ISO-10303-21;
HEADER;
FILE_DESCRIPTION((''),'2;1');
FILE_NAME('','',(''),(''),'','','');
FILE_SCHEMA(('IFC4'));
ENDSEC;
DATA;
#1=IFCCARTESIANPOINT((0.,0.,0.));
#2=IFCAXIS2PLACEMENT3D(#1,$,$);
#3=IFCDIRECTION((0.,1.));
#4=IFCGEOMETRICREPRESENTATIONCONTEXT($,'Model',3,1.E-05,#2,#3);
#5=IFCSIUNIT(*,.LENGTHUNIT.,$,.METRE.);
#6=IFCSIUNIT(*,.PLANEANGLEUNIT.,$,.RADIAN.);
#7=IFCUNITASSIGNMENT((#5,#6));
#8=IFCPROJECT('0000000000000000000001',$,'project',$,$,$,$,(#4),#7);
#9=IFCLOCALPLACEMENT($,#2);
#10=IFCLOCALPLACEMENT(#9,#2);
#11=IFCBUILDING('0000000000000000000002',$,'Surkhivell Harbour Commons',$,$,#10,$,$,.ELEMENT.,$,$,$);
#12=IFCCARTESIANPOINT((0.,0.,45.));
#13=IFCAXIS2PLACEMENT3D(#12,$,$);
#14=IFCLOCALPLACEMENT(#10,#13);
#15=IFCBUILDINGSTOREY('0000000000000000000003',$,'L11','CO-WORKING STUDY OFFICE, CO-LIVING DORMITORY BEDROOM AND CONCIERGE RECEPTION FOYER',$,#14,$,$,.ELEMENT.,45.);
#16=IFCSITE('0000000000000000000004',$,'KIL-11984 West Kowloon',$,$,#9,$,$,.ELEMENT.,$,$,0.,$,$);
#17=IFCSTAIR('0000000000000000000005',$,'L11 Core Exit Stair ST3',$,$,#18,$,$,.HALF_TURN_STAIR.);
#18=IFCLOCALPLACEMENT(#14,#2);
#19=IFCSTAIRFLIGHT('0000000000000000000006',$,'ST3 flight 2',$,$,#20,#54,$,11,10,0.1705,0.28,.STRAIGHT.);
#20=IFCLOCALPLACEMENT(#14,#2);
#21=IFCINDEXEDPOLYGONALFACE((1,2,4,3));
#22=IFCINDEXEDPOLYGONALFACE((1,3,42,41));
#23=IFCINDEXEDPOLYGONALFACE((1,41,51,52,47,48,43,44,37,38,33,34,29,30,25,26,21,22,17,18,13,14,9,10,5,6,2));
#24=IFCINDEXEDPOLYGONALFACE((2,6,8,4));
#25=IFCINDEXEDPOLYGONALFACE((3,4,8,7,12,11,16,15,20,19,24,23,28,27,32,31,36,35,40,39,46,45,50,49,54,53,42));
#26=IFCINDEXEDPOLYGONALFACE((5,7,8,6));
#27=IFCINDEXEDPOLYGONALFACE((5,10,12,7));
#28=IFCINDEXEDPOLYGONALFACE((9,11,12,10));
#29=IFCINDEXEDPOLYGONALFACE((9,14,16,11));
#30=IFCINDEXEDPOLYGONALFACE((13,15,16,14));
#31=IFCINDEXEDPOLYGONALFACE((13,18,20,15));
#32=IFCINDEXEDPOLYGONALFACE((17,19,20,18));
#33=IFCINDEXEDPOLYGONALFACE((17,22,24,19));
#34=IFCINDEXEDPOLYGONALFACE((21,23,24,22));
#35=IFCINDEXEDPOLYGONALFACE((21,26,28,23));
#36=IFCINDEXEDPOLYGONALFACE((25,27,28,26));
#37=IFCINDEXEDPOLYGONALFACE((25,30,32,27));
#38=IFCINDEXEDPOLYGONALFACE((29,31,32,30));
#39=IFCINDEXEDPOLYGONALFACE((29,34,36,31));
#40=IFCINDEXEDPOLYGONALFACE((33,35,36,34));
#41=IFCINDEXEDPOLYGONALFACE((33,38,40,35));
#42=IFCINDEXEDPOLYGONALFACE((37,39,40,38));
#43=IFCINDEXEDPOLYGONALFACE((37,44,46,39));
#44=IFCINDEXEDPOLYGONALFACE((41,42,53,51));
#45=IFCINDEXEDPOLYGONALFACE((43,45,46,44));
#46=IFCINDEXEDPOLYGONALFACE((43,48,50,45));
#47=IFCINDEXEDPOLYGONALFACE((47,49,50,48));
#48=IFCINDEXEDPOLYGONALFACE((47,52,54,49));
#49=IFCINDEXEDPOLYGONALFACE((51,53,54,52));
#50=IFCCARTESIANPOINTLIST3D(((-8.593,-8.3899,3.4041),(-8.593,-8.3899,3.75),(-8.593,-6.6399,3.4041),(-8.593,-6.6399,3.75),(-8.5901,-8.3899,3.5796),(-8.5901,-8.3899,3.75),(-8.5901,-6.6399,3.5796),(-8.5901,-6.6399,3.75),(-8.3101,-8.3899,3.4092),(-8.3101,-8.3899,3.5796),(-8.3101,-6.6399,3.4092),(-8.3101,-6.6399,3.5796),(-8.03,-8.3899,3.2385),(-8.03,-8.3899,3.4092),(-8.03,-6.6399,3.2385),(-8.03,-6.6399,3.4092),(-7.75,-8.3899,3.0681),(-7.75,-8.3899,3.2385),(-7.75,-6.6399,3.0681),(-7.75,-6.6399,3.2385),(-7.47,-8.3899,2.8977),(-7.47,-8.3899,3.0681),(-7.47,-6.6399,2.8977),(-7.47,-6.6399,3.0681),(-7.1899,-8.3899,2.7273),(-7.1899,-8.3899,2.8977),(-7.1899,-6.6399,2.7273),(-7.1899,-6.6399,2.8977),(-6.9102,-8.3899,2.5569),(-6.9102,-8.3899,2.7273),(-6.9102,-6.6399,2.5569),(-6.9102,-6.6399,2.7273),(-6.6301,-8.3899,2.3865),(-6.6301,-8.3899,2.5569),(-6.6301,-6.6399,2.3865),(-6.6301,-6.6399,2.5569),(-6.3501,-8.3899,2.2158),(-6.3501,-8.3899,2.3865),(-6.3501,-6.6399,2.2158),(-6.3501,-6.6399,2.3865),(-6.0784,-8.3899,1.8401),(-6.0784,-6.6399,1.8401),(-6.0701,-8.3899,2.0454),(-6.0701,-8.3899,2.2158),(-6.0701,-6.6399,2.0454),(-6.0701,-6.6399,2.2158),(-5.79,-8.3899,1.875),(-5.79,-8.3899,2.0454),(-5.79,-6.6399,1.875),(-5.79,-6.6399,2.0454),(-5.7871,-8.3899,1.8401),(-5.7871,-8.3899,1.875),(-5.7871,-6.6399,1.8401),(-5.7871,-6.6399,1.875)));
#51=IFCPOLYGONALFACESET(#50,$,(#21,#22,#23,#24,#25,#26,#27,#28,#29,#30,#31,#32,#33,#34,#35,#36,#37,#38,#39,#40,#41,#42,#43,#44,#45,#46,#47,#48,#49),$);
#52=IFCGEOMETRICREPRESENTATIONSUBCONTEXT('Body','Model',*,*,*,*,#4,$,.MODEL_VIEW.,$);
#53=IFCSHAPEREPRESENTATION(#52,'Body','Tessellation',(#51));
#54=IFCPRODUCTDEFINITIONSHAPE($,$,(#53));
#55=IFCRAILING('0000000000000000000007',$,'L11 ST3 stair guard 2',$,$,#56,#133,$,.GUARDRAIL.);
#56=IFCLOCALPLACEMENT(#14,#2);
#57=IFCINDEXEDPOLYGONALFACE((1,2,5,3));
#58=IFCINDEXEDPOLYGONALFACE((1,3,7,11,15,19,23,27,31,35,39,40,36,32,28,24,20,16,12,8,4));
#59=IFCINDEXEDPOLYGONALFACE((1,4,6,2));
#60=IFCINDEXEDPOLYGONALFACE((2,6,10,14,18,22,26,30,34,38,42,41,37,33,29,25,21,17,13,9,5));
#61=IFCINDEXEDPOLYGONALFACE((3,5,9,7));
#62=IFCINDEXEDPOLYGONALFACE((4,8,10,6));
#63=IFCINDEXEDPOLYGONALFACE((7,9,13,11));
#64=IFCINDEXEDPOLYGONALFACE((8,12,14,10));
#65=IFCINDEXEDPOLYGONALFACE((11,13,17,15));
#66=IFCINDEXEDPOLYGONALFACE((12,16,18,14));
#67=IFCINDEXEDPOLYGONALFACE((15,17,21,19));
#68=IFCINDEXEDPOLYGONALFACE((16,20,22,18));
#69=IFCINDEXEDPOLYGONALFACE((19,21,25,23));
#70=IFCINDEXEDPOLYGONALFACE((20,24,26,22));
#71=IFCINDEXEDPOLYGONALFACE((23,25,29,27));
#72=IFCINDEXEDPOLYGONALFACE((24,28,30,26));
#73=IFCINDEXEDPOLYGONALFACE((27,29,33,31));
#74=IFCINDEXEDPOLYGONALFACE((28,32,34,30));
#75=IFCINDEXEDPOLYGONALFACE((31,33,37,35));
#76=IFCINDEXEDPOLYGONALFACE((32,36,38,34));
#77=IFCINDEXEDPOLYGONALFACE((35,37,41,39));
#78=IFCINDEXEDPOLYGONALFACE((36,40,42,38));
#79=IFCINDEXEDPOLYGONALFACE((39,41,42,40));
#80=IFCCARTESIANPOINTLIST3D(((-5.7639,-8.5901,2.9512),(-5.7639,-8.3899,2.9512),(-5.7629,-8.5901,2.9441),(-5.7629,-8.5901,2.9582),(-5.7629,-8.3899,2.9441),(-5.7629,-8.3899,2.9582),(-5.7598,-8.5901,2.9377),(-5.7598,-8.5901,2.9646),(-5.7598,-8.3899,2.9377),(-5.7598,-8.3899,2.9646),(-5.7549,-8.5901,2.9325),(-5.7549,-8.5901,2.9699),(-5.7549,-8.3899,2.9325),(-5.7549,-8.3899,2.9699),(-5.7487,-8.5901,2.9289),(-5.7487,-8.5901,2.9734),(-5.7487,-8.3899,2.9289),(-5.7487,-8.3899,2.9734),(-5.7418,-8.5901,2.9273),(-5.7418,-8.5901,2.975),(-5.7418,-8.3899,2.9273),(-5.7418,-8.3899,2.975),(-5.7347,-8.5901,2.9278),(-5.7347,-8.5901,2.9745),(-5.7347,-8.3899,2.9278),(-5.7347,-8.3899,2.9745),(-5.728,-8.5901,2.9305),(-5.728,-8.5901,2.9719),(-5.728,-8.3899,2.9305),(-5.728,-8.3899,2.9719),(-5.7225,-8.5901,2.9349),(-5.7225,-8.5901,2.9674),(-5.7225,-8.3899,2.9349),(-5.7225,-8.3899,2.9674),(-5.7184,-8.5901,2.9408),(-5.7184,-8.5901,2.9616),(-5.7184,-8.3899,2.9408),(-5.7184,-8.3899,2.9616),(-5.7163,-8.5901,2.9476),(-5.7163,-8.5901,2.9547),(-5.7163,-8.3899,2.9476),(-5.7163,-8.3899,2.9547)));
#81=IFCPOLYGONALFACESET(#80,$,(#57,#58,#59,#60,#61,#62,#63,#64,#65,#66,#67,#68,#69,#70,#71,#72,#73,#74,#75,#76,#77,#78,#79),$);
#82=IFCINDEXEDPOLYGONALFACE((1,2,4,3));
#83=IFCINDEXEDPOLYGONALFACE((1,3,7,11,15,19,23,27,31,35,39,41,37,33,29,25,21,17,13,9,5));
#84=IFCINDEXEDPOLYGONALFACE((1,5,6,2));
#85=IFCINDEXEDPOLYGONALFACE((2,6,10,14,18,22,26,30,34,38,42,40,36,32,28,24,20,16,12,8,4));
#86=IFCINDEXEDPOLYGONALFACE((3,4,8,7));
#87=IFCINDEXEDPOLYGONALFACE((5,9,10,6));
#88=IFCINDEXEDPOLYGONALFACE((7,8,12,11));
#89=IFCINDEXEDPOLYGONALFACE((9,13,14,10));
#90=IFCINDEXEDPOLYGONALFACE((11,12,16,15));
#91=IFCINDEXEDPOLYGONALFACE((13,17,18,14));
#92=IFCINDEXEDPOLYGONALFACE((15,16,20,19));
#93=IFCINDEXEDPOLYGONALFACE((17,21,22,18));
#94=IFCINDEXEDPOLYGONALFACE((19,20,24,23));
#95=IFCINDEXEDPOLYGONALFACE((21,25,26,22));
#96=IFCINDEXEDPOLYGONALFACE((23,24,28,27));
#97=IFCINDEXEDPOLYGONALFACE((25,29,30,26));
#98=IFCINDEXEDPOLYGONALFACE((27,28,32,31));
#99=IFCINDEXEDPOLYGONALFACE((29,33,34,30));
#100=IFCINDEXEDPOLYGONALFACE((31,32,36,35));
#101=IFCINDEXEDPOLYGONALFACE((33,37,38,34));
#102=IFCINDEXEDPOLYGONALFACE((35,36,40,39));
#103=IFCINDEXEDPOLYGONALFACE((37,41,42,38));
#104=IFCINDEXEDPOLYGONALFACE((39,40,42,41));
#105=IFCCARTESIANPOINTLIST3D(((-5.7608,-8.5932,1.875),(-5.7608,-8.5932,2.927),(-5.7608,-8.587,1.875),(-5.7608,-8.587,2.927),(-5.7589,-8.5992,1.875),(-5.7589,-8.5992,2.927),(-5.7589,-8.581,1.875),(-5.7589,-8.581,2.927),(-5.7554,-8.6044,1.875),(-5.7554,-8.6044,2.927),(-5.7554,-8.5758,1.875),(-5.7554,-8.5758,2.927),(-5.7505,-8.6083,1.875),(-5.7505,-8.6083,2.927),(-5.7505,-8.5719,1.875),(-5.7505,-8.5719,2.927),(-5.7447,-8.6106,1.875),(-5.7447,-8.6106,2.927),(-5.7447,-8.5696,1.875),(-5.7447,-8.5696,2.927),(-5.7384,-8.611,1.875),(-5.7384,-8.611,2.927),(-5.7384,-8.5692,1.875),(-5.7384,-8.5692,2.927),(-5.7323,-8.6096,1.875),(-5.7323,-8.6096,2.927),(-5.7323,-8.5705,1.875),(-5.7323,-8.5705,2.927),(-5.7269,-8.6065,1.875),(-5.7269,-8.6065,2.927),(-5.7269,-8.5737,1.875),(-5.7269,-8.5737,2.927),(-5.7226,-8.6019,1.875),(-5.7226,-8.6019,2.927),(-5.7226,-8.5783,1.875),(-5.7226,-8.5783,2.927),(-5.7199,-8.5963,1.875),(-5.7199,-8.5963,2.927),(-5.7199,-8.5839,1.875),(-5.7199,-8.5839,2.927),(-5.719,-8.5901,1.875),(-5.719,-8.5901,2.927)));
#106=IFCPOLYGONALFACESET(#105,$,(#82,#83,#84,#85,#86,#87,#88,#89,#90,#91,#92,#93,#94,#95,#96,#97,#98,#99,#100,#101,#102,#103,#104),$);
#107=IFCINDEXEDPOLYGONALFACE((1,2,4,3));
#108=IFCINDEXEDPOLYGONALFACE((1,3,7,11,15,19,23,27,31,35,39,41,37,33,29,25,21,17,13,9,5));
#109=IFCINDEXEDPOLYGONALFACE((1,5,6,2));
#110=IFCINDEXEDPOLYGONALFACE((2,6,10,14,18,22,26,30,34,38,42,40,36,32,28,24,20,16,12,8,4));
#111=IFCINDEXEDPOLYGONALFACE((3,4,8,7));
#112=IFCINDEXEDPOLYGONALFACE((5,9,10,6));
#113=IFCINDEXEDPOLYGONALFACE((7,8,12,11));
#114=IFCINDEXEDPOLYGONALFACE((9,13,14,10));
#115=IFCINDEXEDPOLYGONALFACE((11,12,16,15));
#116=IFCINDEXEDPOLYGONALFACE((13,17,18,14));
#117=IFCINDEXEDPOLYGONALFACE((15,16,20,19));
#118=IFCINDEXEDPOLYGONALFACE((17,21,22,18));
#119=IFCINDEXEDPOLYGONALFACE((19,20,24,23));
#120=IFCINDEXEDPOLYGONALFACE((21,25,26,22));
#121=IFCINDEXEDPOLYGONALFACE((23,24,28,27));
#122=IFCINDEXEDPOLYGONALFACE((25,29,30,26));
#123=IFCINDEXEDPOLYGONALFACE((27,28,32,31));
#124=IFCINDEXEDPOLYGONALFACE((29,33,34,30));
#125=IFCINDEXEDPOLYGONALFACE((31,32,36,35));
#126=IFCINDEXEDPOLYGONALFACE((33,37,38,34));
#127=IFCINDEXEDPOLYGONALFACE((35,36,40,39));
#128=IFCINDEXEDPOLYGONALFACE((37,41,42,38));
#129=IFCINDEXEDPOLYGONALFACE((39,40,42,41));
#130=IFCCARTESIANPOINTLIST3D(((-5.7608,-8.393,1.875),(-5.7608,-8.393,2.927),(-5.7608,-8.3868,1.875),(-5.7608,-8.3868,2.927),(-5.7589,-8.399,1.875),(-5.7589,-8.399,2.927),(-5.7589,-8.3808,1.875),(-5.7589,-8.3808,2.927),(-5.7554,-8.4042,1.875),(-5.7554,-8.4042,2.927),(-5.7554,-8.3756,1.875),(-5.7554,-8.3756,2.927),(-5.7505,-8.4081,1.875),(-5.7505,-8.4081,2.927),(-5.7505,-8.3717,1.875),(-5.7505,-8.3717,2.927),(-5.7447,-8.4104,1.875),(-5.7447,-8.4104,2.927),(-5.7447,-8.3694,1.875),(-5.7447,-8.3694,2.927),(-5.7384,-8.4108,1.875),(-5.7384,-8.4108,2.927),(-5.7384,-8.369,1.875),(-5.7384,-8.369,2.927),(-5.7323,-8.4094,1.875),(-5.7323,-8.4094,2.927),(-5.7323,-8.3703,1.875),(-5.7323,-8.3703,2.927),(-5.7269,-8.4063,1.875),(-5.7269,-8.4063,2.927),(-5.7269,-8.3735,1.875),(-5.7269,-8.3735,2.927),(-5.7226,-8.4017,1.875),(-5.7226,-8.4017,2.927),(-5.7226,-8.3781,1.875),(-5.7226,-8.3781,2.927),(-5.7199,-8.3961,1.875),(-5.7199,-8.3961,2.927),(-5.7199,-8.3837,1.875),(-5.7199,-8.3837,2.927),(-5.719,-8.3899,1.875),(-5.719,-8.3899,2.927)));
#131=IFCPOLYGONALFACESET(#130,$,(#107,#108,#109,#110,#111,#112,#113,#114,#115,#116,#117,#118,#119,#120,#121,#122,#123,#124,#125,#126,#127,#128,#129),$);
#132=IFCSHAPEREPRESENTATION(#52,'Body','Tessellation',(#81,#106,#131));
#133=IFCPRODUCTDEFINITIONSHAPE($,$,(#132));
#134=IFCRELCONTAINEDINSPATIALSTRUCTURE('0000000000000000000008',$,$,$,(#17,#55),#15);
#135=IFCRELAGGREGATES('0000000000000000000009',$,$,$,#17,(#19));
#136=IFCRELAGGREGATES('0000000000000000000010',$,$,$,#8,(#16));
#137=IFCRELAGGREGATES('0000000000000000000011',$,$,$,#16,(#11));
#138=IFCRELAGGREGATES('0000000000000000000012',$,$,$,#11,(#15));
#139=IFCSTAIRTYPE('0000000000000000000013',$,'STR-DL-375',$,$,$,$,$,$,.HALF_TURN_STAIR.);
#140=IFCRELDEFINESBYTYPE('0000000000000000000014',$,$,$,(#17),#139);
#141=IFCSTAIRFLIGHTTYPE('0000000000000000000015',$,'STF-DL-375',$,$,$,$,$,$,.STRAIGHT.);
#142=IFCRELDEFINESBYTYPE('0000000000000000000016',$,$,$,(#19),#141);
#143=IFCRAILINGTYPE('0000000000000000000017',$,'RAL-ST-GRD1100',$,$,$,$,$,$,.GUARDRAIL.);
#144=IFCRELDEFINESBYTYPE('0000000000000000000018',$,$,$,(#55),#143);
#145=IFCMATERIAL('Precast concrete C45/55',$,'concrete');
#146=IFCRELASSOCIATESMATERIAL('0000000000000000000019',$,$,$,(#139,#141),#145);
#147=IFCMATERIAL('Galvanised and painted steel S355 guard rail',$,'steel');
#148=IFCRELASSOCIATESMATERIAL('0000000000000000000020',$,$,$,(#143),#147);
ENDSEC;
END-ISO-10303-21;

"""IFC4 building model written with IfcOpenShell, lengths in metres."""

from ifc_helpers import new_model, si_unit, direction, frame, origin, origin_2d, place, context, subcontext, project, spatial, polyline, circle, outline, extrude, material, type_object, element, aggregate, save


model = new_model("IFC4")

# Units and contexts
model_context = context("Model", 3, precision=1e-05, world=origin(), true_north=direction((0.0, 1.0)))
body_context = subcontext(model_context, "Body", "Model", "MODEL_VIEW")
ifc_project = project(units=[si_unit("LENGTHUNIT", "METRE"), si_unit("PLANEANGLEUNIT", "RADIAN")], contexts=[model_context])

# Site, building, storey
site_placement = place(None, origin())
site = spatial("IfcSite", under=ifc_project, at=site_placement, Name="KIL-11984 West Kowloon", CompositionType="ELEMENT", RefElevation=0.0)
building_placement = place(site_placement, origin())
building = spatial("IfcBuilding", under=site, at=building_placement, Name="Surkhivell Harbour Commons", CompositionType="ELEMENT")
storey_placement = place(building_placement, frame((0.0, 0.0, 45.0)))
storey = spatial("IfcBuildingStorey", under=building, at=storey_placement, Name="L11", Description="CO-WORKING STUDY OFFICE, CO-LIVING DORMITORY BEDROOM AND CONCIERGE RECEPTION FOYER", CompositionType="ELEMENT", Elevation=45.0)

# Stair, stair flight
ifc_material_1 = material(Name="Precast concrete C45/55", Category="concrete")
stair_type = type_object("IfcStairType", Name="STR-DL-375", PredefinedType="HALF_TURN_STAIR", material=ifc_material_1)
stair_placement = place(storey_placement, origin())
stair = element("IfcStair", 1, at=stair_placement, inside=storey, type_object=stair_type, Name="L11 Core Exit Stair ST3", PredefinedType="HALF_TURN_STAIR")
stair_flight_type = type_object("IfcStairFlightType", Name="STF-DL-375", PredefinedType="STRAIGHT", material=ifc_material_1)
stair_flight_placement = place(storey_placement, frame((-5.79, -7.5149, 1.875), z_axis=(0.0, 0.0, 1.0), x_axis=(-1.0, 0.0, 0.0)))
stair_flight = element("IfcStairFlight", 2, at=stair_flight_placement, type_object=stair_flight_type, Name="ST3 flight 2", NumberOfRisers=11, NumberOfTreads=10, PredefinedType="STRAIGHT", RiserHeight=0.1705, TreadLength=0.28, context=body_context, shape_type="SweptSolid", body=[
    extrude(outline(polyline([(-0.0029, -0.0349), (-0.0029, 0.0), (0.0, 0.0), (0.0, 0.1704), (0.28, 0.1704), (0.28, 0.3408), (0.5601, 0.3408), (0.5601, 0.5115), (0.8401, 0.5115), (0.8401, 0.6819), (1.1201, 0.6819), (1.1201, 0.8523), (1.3999, 0.8523), (1.3999, 1.0227), (1.6799, 1.0227), (1.6799, 1.1931), (1.96, 1.1931), (1.96, 1.3635), (2.24, 1.3635), (2.24, 1.5342), (2.52, 1.5342), (2.52, 1.7046), (2.8, 1.7046), (2.8, 1.875), (2.803, 1.875), (2.803, 1.5291), (0.2883, -0.0349), (-0.0029, -0.0349)])), frame((0.0, 0.875, 0.0), z_axis=(0.0, -1.0, 0.0), x_axis=(1.0, 0.0, 0.0)), (0.0, 0.0, 1.0), 1.75),
])
aggregate(stair, [stair_flight])

# Railing
ifc_material_2 = material(Name="Galvanised and painted steel S355 guard rail", Category="steel")
railing_type_1 = type_object("IfcRailingType", Name="RAL-ST-GRD1100", PredefinedType="GUARDRAIL", material=ifc_material_2)
railing_1_placement = place(storey_placement, frame((-5.74, -8.5901, 1.875)))
element("IfcRailing", 3, at=railing_1_placement, inside=storey, type_object=railing_type_1, Name="L11 ST3 stair guard 2", PredefinedType="GUARDRAIL", context=body_context, shape_type="SweptSolid", body=[
    extrude(circle(Radius=0.0239, at=origin_2d()), frame((0.0, 0.0, 1.0762), z_axis=(0.0, 1.0, 0.0), x_axis=(-1.0, 0.0, 0.0)), (0.0, 0.0, 1.0), 0.2002),
    extrude(circle(Radius=0.021, at=origin_2d()), origin(), (0.0, 0.0, 1.0), 1.052),
    extrude(circle(Radius=0.021, at=origin_2d()), frame((0.0, 0.2002, 0.0)), (0.0, 0.0, 1.0), 1.052),
])

save(model, "model.ifc")
